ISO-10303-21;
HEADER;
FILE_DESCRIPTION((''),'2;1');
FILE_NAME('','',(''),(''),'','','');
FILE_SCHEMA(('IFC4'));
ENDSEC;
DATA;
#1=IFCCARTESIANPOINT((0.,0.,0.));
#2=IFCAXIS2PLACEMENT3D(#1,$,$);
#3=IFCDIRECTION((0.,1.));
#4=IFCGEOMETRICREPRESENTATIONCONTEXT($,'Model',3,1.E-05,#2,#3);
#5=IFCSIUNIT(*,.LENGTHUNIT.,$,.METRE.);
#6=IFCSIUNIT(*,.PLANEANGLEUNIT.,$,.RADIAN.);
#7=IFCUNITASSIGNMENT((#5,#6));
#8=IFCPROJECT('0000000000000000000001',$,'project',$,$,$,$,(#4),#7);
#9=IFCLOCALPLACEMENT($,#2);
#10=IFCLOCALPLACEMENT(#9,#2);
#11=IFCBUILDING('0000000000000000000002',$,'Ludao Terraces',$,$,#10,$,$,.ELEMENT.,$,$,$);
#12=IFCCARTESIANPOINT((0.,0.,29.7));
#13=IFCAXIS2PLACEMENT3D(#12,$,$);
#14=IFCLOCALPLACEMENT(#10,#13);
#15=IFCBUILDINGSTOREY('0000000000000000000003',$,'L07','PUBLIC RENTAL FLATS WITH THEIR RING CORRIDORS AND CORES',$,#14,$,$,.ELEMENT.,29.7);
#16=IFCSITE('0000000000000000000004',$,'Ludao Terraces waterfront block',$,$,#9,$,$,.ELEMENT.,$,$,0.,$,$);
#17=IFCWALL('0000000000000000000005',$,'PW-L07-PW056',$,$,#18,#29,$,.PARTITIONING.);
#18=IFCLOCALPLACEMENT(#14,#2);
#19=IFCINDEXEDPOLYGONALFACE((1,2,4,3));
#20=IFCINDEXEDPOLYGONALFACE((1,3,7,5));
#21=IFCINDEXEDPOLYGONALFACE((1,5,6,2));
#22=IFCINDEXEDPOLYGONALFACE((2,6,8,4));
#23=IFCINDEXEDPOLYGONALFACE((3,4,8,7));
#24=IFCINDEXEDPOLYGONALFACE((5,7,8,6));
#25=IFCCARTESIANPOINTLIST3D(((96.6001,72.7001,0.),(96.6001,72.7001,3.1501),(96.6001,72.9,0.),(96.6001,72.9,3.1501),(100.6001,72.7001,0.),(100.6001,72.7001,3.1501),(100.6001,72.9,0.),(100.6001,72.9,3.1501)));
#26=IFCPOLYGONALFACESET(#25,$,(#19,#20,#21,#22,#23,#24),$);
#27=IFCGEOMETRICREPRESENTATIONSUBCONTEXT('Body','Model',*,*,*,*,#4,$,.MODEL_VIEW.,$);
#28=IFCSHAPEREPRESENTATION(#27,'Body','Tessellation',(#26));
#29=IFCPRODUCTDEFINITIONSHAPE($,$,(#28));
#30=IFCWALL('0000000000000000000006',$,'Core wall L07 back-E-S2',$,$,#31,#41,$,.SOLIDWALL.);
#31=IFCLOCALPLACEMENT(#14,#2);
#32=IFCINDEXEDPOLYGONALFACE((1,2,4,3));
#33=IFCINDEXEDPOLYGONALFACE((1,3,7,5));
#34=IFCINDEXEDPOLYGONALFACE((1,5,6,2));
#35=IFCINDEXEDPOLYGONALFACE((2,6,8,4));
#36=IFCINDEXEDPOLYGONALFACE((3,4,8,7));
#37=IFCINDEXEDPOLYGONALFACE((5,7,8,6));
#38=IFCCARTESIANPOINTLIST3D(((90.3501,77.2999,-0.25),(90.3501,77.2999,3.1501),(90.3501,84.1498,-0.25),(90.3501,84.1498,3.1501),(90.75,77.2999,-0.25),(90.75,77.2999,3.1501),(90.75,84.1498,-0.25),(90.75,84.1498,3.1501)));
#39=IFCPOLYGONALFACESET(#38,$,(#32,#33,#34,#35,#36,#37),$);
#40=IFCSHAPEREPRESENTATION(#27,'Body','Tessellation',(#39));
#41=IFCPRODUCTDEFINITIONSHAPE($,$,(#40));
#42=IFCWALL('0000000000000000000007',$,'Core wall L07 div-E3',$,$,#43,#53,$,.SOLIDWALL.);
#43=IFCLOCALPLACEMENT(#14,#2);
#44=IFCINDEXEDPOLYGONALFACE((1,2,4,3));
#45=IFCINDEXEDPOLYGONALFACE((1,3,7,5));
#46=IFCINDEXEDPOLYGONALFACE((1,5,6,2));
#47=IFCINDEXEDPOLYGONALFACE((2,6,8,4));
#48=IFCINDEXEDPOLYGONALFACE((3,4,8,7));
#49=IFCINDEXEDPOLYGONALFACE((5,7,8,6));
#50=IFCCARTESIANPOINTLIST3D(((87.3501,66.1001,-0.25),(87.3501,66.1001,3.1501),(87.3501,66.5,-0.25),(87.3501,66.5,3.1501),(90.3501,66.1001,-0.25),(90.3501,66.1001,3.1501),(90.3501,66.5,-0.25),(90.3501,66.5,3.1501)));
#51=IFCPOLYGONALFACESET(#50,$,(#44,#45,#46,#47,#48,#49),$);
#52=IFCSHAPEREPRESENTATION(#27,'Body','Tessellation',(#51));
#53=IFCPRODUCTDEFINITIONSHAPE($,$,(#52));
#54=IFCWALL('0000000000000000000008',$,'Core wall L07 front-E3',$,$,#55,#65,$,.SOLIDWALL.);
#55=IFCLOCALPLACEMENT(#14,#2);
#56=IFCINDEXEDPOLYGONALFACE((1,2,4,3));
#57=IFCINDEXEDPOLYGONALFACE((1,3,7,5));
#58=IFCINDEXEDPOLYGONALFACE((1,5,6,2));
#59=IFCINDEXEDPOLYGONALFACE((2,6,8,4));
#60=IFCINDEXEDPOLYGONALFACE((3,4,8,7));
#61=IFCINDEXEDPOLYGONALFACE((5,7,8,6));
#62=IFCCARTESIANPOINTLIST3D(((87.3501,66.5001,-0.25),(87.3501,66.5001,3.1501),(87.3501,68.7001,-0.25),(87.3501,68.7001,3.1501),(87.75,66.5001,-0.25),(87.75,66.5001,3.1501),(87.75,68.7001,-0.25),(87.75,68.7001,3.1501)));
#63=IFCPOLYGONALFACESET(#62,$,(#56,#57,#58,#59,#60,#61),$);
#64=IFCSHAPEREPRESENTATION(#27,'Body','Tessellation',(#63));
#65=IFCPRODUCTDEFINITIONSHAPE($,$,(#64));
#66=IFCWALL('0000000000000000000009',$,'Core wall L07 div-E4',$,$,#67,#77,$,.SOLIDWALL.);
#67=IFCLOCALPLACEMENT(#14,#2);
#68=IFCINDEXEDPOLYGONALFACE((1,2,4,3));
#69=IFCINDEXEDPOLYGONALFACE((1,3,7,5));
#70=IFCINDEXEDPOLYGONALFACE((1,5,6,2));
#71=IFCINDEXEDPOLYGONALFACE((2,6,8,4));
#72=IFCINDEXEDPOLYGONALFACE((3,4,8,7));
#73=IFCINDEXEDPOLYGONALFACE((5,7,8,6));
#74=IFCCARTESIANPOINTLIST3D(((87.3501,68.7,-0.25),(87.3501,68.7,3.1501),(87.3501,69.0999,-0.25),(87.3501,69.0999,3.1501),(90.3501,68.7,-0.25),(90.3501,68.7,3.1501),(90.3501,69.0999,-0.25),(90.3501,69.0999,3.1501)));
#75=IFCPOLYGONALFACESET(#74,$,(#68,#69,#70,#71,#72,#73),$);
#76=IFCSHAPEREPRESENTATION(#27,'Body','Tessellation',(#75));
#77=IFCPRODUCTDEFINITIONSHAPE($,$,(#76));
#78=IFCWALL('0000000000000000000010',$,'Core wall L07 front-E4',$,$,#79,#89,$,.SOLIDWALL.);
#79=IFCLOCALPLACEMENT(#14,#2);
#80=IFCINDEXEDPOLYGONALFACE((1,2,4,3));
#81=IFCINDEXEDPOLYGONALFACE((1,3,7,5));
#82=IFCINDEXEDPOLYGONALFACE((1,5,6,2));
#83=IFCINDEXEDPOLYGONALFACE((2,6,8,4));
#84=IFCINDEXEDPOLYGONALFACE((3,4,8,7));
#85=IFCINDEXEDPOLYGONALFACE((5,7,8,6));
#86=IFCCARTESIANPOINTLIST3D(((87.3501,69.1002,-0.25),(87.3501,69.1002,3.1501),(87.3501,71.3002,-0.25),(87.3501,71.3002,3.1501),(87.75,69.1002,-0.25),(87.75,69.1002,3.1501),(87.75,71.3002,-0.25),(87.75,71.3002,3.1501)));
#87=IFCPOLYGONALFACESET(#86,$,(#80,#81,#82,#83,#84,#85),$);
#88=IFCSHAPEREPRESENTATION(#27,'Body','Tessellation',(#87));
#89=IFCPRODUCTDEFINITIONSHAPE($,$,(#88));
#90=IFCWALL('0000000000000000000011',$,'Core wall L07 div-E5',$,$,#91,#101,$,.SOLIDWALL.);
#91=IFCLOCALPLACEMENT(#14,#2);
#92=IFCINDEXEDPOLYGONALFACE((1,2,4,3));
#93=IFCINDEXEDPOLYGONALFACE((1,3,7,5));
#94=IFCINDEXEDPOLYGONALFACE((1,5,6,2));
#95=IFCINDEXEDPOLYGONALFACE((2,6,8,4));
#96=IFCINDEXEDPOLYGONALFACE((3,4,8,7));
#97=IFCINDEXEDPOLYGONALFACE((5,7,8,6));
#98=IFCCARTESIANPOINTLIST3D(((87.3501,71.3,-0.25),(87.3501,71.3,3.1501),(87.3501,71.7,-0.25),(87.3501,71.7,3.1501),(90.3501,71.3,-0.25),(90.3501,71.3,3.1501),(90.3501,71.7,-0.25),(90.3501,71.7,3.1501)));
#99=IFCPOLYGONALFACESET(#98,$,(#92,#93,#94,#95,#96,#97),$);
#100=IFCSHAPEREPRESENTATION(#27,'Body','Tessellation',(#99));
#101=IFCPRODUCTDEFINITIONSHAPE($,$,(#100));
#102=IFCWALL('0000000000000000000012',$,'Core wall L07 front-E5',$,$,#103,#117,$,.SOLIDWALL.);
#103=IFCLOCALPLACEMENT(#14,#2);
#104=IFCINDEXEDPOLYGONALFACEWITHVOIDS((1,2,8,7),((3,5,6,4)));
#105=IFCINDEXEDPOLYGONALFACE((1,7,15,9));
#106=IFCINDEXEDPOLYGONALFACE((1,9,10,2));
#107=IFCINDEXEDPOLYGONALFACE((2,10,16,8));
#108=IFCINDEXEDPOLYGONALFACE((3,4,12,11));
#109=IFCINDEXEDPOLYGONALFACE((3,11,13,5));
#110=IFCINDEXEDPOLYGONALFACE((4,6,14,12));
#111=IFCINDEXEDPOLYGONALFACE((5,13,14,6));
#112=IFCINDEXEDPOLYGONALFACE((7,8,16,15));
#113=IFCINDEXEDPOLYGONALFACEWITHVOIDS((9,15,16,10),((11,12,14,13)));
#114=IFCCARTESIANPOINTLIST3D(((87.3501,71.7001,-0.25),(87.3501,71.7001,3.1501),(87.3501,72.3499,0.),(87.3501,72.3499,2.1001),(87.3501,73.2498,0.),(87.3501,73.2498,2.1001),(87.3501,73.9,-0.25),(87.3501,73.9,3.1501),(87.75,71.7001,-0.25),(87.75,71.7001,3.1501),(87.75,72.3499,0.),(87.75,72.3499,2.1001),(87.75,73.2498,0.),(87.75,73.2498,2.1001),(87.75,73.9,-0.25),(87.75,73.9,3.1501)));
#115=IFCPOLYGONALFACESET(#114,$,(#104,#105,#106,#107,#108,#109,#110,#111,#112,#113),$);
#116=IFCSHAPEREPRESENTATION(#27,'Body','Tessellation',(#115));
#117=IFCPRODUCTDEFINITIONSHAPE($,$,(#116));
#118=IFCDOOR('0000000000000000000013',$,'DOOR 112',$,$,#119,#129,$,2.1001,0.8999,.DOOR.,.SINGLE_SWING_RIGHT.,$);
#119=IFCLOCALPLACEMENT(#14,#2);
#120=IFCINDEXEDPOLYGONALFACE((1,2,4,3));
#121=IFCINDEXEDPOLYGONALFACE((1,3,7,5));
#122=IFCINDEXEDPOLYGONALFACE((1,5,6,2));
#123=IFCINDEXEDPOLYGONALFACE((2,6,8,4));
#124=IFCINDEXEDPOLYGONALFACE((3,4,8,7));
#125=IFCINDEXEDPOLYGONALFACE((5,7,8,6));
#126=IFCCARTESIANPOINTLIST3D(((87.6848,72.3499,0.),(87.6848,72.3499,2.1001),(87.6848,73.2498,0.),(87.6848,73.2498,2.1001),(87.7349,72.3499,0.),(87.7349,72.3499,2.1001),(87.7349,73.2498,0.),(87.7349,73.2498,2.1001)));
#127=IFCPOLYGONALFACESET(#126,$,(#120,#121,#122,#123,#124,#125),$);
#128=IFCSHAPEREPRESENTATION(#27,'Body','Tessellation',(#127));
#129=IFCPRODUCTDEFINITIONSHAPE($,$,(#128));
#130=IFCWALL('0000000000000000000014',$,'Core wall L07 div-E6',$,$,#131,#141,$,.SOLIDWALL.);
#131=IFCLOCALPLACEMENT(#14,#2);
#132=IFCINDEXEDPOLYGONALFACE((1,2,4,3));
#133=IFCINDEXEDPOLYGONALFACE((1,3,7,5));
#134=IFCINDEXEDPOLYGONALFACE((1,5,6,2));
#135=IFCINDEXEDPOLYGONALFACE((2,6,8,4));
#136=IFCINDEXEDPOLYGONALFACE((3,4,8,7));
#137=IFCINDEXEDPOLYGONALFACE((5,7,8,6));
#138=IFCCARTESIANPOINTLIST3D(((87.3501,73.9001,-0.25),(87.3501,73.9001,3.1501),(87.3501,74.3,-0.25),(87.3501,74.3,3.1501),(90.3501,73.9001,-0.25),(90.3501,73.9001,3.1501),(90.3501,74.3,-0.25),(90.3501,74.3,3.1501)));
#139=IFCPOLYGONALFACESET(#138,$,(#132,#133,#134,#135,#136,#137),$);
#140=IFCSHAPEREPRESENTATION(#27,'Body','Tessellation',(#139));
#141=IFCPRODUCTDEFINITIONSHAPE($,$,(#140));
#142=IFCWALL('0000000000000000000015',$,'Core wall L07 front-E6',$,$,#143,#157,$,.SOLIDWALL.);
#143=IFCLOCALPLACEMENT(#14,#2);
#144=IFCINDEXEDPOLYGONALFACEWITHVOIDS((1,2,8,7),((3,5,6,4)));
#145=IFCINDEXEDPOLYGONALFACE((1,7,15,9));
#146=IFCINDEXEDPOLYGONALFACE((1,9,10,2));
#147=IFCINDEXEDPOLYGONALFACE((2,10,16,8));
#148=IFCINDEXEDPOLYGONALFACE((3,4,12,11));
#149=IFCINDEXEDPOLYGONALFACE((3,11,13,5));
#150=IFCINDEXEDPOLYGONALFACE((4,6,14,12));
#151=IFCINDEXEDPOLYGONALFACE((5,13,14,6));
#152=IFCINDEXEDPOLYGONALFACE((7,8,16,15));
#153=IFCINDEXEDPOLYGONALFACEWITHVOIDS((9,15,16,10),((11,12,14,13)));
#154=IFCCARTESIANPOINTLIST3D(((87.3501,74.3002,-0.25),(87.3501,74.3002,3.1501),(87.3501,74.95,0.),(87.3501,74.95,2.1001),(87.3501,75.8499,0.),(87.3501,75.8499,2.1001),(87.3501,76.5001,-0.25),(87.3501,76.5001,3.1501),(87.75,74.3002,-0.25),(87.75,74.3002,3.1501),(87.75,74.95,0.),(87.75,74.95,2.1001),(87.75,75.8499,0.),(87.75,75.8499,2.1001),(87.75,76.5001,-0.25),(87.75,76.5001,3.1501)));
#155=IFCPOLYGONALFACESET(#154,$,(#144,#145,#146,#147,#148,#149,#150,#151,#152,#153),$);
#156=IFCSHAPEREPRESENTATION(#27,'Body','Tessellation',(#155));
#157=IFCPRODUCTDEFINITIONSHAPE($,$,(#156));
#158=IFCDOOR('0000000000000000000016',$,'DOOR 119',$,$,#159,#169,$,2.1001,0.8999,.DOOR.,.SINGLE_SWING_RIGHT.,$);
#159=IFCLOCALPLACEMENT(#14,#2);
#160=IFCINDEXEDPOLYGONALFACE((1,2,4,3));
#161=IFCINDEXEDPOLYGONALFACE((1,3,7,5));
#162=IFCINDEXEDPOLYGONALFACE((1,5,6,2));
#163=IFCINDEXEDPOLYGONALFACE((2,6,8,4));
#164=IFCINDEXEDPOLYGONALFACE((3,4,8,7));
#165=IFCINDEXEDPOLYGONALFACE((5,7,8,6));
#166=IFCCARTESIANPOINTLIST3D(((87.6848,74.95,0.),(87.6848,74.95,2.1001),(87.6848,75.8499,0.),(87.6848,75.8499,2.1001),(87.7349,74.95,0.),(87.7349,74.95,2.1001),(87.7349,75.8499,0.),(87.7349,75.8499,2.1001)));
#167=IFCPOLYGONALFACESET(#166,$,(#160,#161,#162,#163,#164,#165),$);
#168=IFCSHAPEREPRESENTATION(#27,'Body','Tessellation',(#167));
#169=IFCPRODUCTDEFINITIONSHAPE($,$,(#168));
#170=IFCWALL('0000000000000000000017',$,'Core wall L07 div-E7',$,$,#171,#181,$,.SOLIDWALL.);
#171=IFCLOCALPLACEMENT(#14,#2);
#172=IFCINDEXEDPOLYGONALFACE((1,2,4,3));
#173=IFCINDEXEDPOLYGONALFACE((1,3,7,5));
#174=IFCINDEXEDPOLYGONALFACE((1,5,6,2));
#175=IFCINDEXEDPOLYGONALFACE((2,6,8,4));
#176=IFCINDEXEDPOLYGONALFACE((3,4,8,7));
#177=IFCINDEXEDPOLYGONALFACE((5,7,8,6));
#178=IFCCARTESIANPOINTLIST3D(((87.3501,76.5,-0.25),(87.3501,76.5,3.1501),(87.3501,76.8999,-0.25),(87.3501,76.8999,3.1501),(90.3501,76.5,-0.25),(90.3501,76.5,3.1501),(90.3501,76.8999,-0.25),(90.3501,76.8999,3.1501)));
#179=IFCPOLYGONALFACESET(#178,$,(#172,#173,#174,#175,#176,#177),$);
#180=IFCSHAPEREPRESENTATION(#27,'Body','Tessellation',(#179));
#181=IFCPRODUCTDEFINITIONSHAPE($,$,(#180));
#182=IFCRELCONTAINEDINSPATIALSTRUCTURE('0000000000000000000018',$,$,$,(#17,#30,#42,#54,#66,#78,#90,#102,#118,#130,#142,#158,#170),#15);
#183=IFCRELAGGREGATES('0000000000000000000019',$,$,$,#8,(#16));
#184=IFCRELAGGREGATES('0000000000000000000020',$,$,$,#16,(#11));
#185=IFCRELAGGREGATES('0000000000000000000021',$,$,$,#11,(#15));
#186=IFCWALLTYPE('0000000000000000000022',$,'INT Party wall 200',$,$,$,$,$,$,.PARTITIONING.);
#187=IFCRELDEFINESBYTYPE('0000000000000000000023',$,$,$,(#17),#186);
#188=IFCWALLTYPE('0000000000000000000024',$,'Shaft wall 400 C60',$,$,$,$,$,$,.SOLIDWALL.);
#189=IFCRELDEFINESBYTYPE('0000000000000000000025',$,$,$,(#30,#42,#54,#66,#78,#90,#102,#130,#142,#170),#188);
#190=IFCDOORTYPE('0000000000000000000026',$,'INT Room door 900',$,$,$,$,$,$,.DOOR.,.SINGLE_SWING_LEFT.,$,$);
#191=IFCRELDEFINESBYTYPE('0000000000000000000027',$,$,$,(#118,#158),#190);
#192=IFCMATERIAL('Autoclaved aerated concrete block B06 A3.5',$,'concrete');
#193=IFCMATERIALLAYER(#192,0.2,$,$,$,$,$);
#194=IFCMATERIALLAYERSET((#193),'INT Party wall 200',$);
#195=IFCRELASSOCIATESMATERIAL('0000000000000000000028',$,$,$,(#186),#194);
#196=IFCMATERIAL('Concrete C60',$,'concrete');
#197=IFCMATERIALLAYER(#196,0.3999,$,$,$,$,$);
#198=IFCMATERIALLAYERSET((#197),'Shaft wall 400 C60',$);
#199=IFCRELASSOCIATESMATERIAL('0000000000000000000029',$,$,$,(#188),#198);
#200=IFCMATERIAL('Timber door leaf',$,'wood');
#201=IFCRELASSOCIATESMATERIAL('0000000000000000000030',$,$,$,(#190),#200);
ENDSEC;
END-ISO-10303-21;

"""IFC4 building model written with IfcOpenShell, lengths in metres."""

from ifc_helpers import new_model, si_unit, direction, frame, frame_2d, origin, place, context, subcontext, project, spatial, rectangle, extrude, material, layer, layer_set, type_object, element, fill, save


model = new_model("IFC4")

# Units and contexts
model_context = context("Model", 3, precision=1e-05, world=origin(), true_north=direction((0.0, 1.0)))
body_context = subcontext(model_context, "Body", "Model", "MODEL_VIEW")
ifc_project = project(units=[si_unit("LENGTHUNIT", "METRE"), si_unit("PLANEANGLEUNIT", "RADIAN")], contexts=[model_context])

# Site, building, storey
site_placement = place(None, origin())
site = spatial("IfcSite", under=ifc_project, at=site_placement, Name="Ludao Terraces waterfront block", CompositionType="ELEMENT", RefElevation=0.0)
building_placement = place(site_placement, origin())
building = spatial("IfcBuilding", under=site, at=building_placement, Name="Ludao Terraces", CompositionType="ELEMENT")
storey_placement = place(building_placement, frame((0.0, 0.0, 29.7)))
storey = spatial("IfcBuildingStorey", under=building, at=storey_placement, Name="L07", Description="PUBLIC RENTAL FLATS WITH THEIR RING CORRIDORS AND CORES", CompositionType="ELEMENT", Elevation=29.7)

# Walls
ifc_material_1 = material(Name="Autoclaved aerated concrete block B06 A3.5", Category="concrete")
ifc_layer_1 = layer(ifc_material_1, 0.2)
ifc_layer_set_1 = layer_set([ifc_layer_1], Name="INT Party wall 200")
wall_type_1 = type_object("IfcWallType", Name="INT Party wall 200", PredefinedType="PARTITIONING", material=ifc_layer_set_1)
wall_1_placement = place(storey_placement, frame((96.6001, 72.8, 0.0), z_axis=(0.0, 0.0, 1.0), x_axis=(1.0, 0.0, 0.0)))
element("IfcWall", 1, at=wall_1_placement, inside=storey, type_object=wall_type_1, Name="PW-L07-PW056", PredefinedType="PARTITIONING", context=body_context, shape_type="SweptSolid", body=[
    extrude(rectangle(XDim=4.0, YDim=0.2, at=frame_2d((2.0, 0.0))), origin(), (0.0, 0.0, 1.0), 3.1501),
])
ifc_material_2 = material(Name="Concrete C60", Category="concrete")
ifc_layer_2 = layer(ifc_material_2, 0.3999)
ifc_layer_set_2 = layer_set([ifc_layer_2], Name="Shaft wall 400 C60")
wall_type_2 = type_object("IfcWallType", Name="Shaft wall 400 C60", PredefinedType="SOLIDWALL", material=ifc_layer_set_2)
wall_2_placement = place(storey_placement, frame((90.55, 77.3, -0.25), z_axis=(0.0, 0.0, 1.0), x_axis=(0.0, 1.0, 0.0)))
element("IfcWall", 2, at=wall_2_placement, inside=storey, type_object=wall_type_2, Name="Core wall L07 back-E-S2", PredefinedType="SOLIDWALL", context=body_context, shape_type="SweptSolid", body=[
    extrude(rectangle(XDim=6.8499, YDim=0.3999, at=frame_2d((3.4248, 0.0))), origin(), (0.0, 0.0, 1.0), 3.4001),
])
wall_3_placement = place(storey_placement, frame((87.3501, 66.3, -0.25), z_axis=(0.0, 0.0, 1.0), x_axis=(1.0, 0.0, 0.0)))
element("IfcWall", 3, at=wall_3_placement, inside=storey, type_object=wall_type_2, Name="Core wall L07 div-E3", PredefinedType="SOLIDWALL", context=body_context, shape_type="SweptSolid", body=[
    extrude(rectangle(XDim=3.0, YDim=0.3999, at=frame_2d((1.5, 0.0))), origin(), (0.0, 0.0, 1.0), 3.4001),
])
wall_4_placement = place(storey_placement, frame((87.55, 66.5, -0.25), z_axis=(0.0, 0.0, 1.0), x_axis=(0.0, 1.0, 0.0)))
element("IfcWall", 4, at=wall_4_placement, inside=storey, type_object=wall_type_2, Name="Core wall L07 front-E3", PredefinedType="SOLIDWALL", context=body_context, shape_type="SweptSolid", body=[
    extrude(rectangle(XDim=2.2, YDim=0.3999, at=frame_2d((1.1001, 0.0))), origin(), (0.0, 0.0, 1.0), 3.4001),
])
wall_5_placement = place(storey_placement, frame((87.3501, 68.8999, -0.25), z_axis=(0.0, 0.0, 1.0), x_axis=(1.0, 0.0, 0.0)))
element("IfcWall", 5, at=wall_5_placement, inside=storey, type_object=wall_type_2, Name="Core wall L07 div-E4", PredefinedType="SOLIDWALL", context=body_context, shape_type="SweptSolid", body=[
    extrude(rectangle(XDim=3.0, YDim=0.3999, at=frame_2d((1.5, 0.0))), origin(), (0.0, 0.0, 1.0), 3.4001),
])
wall_6_placement = place(storey_placement, frame((87.55, 69.1001, -0.25), z_axis=(0.0, 0.0, 1.0), x_axis=(0.0, 1.0, 0.0)))
element("IfcWall", 6, at=wall_6_placement, inside=storey, type_object=wall_type_2, Name="Core wall L07 front-E4", PredefinedType="SOLIDWALL", context=body_context, shape_type="SweptSolid", body=[
    extrude(rectangle(XDim=2.2, YDim=0.3999, at=frame_2d((1.1001, 0.0))), origin(), (0.0, 0.0, 1.0), 3.4001),
])
wall_7_placement = place(storey_placement, frame((87.3501, 71.5, -0.25), z_axis=(0.0, 0.0, 1.0), x_axis=(1.0, 0.0, 0.0)))
element("IfcWall", 7, at=wall_7_placement, inside=storey, type_object=wall_type_2, Name="Core wall L07 div-E5", PredefinedType="SOLIDWALL", context=body_context, shape_type="SweptSolid", body=[
    extrude(rectangle(XDim=3.0, YDim=0.3999, at=frame_2d((1.5, 0.0))), origin(), (0.0, 0.0, 1.0), 3.4001),
])

# Wall, opening, door
wall_8_placement = place(storey_placement, frame((87.55, 71.7, -0.25), z_axis=(0.0, 0.0, 1.0), x_axis=(0.0, 1.0, 0.0)))
wall_8 = element("IfcWall", 8, at=wall_8_placement, inside=storey, type_object=wall_type_2, Name="Core wall L07 front-E5", PredefinedType="SOLIDWALL", context=body_context, shape_type="SweptSolid", body=[
    extrude(rectangle(XDim=2.2, YDim=0.3999, at=frame_2d((1.1001, 0.0))), origin(), (0.0, 0.0, 1.0), 3.4001),
])
opening_1_placement = place(wall_8_placement, frame((0.6499, 0.0, 0.25)))
opening_1 = element("IfcOpeningElement", 9, at=opening_1_placement, cuts=wall_8, PredefinedType="OPENING", context=body_context, shape_type="SweptSolid", body=[
    extrude(rectangle(XDim=0.8999, YDim=2.1001, at=frame_2d((0.45, 1.05))), frame((0.0, 0.21, 0.0), z_axis=(0.0, -1.0, 0.0), x_axis=(1.0, 0.0, 0.0)), (0.0, 0.0, 1.0), 0.4199),
])
ifc_material_3 = material(Name="Timber door leaf", Category="wood")
door_type_1 = type_object("IfcDoorType", Name="INT Room door 900", OperationType="SINGLE_SWING_LEFT", PredefinedType="DOOR", material=ifc_material_3)
door_1_placement = place(opening_1_placement, origin())
door_1 = element("IfcDoor", 10, at=door_1_placement, inside=storey, type_object=door_type_1, Name="DOOR 112", OperationType="SINGLE_SWING_RIGHT", OverallHeight=2.1001, OverallWidth=0.8999, PredefinedType="DOOR", context=body_context, shape_type="SweptSolid", body=[
    extrude(rectangle(XDim=0.8999, YDim=2.1001, at=frame_2d((0.45, 1.05))), frame((0.0, -0.1348, 0.0), z_axis=(0.0, -1.0, 0.0), x_axis=(1.0, 0.0, 0.0)), (0.0, 0.0, 1.0), 0.05),
])
fill(opening_1, door_1)

# Wall
wall_9_placement = place(storey_placement, frame((87.3501, 74.1001, -0.25), z_axis=(0.0, 0.0, 1.0), x_axis=(1.0, 0.0, 0.0)))
element("IfcWall", 11, at=wall_9_placement, inside=storey, type_object=wall_type_2, Name="Core wall L07 div-E6", PredefinedType="SOLIDWALL", context=body_context, shape_type="SweptSolid", body=[
    extrude(rectangle(XDim=3.0, YDim=0.3999, at=frame_2d((1.5, 0.0))), origin(), (0.0, 0.0, 1.0), 3.4001),
])

# Wall, opening, door
wall_10_placement = place(storey_placement, frame((87.55, 74.3, -0.25), z_axis=(0.0, 0.0, 1.0), x_axis=(0.0, 1.0, 0.0)))
wall_10 = element("IfcWall", 12, at=wall_10_placement, inside=storey, type_object=wall_type_2, Name="Core wall L07 front-E6", PredefinedType="SOLIDWALL", context=body_context, shape_type="SweptSolid", body=[
    extrude(rectangle(XDim=2.2, YDim=0.3999, at=frame_2d((1.1001, 0.0))), origin(), (0.0, 0.0, 1.0), 3.4001),
])
opening_2_placement = place(wall_10_placement, frame((0.6499, 0.0, 0.25)))
opening_2 = element("IfcOpeningElement", 13, at=opening_2_placement, cuts=wall_10, PredefinedType="OPENING", context=body_context, shape_type="SweptSolid", body=[
    extrude(rectangle(XDim=0.8999, YDim=2.1001, at=frame_2d((0.45, 1.05))), frame((0.0, 0.21, 0.0), z_axis=(0.0, -1.0, 0.0), x_axis=(1.0, 0.0, 0.0)), (0.0, 0.0, 1.0), 0.4199),
])
door_2_placement = place(opening_2_placement, origin())
door_2 = element("IfcDoor", 14, at=door_2_placement, inside=storey, type_object=door_type_1, Name="DOOR 119", OperationType="SINGLE_SWING_RIGHT", OverallHeight=2.1001, OverallWidth=0.8999, PredefinedType="DOOR", context=body_context, shape_type="SweptSolid", body=[
    extrude(rectangle(XDim=0.8999, YDim=2.1001, at=frame_2d((0.45, 1.05))), frame((0.0, -0.1348, 0.0), z_axis=(0.0, -1.0, 0.0), x_axis=(1.0, 0.0, 0.0)), (0.0, 0.0, 1.0), 0.05),
])
fill(opening_2, door_2)

# Wall
wall_11_placement = place(storey_placement, frame((87.3501, 76.7, -0.25), z_axis=(0.0, 0.0, 1.0), x_axis=(1.0, 0.0, 0.0)))
element("IfcWall", 15, at=wall_11_placement, inside=storey, type_object=wall_type_2, Name="Core wall L07 div-E7", PredefinedType="SOLIDWALL", context=body_context, shape_type="SweptSolid", body=[
    extrude(rectangle(XDim=3.0, YDim=0.3999, at=frame_2d((1.5, 0.0))), origin(), (0.0, 0.0, 1.0), 3.4001),
])

save(model, "model.ifc")
